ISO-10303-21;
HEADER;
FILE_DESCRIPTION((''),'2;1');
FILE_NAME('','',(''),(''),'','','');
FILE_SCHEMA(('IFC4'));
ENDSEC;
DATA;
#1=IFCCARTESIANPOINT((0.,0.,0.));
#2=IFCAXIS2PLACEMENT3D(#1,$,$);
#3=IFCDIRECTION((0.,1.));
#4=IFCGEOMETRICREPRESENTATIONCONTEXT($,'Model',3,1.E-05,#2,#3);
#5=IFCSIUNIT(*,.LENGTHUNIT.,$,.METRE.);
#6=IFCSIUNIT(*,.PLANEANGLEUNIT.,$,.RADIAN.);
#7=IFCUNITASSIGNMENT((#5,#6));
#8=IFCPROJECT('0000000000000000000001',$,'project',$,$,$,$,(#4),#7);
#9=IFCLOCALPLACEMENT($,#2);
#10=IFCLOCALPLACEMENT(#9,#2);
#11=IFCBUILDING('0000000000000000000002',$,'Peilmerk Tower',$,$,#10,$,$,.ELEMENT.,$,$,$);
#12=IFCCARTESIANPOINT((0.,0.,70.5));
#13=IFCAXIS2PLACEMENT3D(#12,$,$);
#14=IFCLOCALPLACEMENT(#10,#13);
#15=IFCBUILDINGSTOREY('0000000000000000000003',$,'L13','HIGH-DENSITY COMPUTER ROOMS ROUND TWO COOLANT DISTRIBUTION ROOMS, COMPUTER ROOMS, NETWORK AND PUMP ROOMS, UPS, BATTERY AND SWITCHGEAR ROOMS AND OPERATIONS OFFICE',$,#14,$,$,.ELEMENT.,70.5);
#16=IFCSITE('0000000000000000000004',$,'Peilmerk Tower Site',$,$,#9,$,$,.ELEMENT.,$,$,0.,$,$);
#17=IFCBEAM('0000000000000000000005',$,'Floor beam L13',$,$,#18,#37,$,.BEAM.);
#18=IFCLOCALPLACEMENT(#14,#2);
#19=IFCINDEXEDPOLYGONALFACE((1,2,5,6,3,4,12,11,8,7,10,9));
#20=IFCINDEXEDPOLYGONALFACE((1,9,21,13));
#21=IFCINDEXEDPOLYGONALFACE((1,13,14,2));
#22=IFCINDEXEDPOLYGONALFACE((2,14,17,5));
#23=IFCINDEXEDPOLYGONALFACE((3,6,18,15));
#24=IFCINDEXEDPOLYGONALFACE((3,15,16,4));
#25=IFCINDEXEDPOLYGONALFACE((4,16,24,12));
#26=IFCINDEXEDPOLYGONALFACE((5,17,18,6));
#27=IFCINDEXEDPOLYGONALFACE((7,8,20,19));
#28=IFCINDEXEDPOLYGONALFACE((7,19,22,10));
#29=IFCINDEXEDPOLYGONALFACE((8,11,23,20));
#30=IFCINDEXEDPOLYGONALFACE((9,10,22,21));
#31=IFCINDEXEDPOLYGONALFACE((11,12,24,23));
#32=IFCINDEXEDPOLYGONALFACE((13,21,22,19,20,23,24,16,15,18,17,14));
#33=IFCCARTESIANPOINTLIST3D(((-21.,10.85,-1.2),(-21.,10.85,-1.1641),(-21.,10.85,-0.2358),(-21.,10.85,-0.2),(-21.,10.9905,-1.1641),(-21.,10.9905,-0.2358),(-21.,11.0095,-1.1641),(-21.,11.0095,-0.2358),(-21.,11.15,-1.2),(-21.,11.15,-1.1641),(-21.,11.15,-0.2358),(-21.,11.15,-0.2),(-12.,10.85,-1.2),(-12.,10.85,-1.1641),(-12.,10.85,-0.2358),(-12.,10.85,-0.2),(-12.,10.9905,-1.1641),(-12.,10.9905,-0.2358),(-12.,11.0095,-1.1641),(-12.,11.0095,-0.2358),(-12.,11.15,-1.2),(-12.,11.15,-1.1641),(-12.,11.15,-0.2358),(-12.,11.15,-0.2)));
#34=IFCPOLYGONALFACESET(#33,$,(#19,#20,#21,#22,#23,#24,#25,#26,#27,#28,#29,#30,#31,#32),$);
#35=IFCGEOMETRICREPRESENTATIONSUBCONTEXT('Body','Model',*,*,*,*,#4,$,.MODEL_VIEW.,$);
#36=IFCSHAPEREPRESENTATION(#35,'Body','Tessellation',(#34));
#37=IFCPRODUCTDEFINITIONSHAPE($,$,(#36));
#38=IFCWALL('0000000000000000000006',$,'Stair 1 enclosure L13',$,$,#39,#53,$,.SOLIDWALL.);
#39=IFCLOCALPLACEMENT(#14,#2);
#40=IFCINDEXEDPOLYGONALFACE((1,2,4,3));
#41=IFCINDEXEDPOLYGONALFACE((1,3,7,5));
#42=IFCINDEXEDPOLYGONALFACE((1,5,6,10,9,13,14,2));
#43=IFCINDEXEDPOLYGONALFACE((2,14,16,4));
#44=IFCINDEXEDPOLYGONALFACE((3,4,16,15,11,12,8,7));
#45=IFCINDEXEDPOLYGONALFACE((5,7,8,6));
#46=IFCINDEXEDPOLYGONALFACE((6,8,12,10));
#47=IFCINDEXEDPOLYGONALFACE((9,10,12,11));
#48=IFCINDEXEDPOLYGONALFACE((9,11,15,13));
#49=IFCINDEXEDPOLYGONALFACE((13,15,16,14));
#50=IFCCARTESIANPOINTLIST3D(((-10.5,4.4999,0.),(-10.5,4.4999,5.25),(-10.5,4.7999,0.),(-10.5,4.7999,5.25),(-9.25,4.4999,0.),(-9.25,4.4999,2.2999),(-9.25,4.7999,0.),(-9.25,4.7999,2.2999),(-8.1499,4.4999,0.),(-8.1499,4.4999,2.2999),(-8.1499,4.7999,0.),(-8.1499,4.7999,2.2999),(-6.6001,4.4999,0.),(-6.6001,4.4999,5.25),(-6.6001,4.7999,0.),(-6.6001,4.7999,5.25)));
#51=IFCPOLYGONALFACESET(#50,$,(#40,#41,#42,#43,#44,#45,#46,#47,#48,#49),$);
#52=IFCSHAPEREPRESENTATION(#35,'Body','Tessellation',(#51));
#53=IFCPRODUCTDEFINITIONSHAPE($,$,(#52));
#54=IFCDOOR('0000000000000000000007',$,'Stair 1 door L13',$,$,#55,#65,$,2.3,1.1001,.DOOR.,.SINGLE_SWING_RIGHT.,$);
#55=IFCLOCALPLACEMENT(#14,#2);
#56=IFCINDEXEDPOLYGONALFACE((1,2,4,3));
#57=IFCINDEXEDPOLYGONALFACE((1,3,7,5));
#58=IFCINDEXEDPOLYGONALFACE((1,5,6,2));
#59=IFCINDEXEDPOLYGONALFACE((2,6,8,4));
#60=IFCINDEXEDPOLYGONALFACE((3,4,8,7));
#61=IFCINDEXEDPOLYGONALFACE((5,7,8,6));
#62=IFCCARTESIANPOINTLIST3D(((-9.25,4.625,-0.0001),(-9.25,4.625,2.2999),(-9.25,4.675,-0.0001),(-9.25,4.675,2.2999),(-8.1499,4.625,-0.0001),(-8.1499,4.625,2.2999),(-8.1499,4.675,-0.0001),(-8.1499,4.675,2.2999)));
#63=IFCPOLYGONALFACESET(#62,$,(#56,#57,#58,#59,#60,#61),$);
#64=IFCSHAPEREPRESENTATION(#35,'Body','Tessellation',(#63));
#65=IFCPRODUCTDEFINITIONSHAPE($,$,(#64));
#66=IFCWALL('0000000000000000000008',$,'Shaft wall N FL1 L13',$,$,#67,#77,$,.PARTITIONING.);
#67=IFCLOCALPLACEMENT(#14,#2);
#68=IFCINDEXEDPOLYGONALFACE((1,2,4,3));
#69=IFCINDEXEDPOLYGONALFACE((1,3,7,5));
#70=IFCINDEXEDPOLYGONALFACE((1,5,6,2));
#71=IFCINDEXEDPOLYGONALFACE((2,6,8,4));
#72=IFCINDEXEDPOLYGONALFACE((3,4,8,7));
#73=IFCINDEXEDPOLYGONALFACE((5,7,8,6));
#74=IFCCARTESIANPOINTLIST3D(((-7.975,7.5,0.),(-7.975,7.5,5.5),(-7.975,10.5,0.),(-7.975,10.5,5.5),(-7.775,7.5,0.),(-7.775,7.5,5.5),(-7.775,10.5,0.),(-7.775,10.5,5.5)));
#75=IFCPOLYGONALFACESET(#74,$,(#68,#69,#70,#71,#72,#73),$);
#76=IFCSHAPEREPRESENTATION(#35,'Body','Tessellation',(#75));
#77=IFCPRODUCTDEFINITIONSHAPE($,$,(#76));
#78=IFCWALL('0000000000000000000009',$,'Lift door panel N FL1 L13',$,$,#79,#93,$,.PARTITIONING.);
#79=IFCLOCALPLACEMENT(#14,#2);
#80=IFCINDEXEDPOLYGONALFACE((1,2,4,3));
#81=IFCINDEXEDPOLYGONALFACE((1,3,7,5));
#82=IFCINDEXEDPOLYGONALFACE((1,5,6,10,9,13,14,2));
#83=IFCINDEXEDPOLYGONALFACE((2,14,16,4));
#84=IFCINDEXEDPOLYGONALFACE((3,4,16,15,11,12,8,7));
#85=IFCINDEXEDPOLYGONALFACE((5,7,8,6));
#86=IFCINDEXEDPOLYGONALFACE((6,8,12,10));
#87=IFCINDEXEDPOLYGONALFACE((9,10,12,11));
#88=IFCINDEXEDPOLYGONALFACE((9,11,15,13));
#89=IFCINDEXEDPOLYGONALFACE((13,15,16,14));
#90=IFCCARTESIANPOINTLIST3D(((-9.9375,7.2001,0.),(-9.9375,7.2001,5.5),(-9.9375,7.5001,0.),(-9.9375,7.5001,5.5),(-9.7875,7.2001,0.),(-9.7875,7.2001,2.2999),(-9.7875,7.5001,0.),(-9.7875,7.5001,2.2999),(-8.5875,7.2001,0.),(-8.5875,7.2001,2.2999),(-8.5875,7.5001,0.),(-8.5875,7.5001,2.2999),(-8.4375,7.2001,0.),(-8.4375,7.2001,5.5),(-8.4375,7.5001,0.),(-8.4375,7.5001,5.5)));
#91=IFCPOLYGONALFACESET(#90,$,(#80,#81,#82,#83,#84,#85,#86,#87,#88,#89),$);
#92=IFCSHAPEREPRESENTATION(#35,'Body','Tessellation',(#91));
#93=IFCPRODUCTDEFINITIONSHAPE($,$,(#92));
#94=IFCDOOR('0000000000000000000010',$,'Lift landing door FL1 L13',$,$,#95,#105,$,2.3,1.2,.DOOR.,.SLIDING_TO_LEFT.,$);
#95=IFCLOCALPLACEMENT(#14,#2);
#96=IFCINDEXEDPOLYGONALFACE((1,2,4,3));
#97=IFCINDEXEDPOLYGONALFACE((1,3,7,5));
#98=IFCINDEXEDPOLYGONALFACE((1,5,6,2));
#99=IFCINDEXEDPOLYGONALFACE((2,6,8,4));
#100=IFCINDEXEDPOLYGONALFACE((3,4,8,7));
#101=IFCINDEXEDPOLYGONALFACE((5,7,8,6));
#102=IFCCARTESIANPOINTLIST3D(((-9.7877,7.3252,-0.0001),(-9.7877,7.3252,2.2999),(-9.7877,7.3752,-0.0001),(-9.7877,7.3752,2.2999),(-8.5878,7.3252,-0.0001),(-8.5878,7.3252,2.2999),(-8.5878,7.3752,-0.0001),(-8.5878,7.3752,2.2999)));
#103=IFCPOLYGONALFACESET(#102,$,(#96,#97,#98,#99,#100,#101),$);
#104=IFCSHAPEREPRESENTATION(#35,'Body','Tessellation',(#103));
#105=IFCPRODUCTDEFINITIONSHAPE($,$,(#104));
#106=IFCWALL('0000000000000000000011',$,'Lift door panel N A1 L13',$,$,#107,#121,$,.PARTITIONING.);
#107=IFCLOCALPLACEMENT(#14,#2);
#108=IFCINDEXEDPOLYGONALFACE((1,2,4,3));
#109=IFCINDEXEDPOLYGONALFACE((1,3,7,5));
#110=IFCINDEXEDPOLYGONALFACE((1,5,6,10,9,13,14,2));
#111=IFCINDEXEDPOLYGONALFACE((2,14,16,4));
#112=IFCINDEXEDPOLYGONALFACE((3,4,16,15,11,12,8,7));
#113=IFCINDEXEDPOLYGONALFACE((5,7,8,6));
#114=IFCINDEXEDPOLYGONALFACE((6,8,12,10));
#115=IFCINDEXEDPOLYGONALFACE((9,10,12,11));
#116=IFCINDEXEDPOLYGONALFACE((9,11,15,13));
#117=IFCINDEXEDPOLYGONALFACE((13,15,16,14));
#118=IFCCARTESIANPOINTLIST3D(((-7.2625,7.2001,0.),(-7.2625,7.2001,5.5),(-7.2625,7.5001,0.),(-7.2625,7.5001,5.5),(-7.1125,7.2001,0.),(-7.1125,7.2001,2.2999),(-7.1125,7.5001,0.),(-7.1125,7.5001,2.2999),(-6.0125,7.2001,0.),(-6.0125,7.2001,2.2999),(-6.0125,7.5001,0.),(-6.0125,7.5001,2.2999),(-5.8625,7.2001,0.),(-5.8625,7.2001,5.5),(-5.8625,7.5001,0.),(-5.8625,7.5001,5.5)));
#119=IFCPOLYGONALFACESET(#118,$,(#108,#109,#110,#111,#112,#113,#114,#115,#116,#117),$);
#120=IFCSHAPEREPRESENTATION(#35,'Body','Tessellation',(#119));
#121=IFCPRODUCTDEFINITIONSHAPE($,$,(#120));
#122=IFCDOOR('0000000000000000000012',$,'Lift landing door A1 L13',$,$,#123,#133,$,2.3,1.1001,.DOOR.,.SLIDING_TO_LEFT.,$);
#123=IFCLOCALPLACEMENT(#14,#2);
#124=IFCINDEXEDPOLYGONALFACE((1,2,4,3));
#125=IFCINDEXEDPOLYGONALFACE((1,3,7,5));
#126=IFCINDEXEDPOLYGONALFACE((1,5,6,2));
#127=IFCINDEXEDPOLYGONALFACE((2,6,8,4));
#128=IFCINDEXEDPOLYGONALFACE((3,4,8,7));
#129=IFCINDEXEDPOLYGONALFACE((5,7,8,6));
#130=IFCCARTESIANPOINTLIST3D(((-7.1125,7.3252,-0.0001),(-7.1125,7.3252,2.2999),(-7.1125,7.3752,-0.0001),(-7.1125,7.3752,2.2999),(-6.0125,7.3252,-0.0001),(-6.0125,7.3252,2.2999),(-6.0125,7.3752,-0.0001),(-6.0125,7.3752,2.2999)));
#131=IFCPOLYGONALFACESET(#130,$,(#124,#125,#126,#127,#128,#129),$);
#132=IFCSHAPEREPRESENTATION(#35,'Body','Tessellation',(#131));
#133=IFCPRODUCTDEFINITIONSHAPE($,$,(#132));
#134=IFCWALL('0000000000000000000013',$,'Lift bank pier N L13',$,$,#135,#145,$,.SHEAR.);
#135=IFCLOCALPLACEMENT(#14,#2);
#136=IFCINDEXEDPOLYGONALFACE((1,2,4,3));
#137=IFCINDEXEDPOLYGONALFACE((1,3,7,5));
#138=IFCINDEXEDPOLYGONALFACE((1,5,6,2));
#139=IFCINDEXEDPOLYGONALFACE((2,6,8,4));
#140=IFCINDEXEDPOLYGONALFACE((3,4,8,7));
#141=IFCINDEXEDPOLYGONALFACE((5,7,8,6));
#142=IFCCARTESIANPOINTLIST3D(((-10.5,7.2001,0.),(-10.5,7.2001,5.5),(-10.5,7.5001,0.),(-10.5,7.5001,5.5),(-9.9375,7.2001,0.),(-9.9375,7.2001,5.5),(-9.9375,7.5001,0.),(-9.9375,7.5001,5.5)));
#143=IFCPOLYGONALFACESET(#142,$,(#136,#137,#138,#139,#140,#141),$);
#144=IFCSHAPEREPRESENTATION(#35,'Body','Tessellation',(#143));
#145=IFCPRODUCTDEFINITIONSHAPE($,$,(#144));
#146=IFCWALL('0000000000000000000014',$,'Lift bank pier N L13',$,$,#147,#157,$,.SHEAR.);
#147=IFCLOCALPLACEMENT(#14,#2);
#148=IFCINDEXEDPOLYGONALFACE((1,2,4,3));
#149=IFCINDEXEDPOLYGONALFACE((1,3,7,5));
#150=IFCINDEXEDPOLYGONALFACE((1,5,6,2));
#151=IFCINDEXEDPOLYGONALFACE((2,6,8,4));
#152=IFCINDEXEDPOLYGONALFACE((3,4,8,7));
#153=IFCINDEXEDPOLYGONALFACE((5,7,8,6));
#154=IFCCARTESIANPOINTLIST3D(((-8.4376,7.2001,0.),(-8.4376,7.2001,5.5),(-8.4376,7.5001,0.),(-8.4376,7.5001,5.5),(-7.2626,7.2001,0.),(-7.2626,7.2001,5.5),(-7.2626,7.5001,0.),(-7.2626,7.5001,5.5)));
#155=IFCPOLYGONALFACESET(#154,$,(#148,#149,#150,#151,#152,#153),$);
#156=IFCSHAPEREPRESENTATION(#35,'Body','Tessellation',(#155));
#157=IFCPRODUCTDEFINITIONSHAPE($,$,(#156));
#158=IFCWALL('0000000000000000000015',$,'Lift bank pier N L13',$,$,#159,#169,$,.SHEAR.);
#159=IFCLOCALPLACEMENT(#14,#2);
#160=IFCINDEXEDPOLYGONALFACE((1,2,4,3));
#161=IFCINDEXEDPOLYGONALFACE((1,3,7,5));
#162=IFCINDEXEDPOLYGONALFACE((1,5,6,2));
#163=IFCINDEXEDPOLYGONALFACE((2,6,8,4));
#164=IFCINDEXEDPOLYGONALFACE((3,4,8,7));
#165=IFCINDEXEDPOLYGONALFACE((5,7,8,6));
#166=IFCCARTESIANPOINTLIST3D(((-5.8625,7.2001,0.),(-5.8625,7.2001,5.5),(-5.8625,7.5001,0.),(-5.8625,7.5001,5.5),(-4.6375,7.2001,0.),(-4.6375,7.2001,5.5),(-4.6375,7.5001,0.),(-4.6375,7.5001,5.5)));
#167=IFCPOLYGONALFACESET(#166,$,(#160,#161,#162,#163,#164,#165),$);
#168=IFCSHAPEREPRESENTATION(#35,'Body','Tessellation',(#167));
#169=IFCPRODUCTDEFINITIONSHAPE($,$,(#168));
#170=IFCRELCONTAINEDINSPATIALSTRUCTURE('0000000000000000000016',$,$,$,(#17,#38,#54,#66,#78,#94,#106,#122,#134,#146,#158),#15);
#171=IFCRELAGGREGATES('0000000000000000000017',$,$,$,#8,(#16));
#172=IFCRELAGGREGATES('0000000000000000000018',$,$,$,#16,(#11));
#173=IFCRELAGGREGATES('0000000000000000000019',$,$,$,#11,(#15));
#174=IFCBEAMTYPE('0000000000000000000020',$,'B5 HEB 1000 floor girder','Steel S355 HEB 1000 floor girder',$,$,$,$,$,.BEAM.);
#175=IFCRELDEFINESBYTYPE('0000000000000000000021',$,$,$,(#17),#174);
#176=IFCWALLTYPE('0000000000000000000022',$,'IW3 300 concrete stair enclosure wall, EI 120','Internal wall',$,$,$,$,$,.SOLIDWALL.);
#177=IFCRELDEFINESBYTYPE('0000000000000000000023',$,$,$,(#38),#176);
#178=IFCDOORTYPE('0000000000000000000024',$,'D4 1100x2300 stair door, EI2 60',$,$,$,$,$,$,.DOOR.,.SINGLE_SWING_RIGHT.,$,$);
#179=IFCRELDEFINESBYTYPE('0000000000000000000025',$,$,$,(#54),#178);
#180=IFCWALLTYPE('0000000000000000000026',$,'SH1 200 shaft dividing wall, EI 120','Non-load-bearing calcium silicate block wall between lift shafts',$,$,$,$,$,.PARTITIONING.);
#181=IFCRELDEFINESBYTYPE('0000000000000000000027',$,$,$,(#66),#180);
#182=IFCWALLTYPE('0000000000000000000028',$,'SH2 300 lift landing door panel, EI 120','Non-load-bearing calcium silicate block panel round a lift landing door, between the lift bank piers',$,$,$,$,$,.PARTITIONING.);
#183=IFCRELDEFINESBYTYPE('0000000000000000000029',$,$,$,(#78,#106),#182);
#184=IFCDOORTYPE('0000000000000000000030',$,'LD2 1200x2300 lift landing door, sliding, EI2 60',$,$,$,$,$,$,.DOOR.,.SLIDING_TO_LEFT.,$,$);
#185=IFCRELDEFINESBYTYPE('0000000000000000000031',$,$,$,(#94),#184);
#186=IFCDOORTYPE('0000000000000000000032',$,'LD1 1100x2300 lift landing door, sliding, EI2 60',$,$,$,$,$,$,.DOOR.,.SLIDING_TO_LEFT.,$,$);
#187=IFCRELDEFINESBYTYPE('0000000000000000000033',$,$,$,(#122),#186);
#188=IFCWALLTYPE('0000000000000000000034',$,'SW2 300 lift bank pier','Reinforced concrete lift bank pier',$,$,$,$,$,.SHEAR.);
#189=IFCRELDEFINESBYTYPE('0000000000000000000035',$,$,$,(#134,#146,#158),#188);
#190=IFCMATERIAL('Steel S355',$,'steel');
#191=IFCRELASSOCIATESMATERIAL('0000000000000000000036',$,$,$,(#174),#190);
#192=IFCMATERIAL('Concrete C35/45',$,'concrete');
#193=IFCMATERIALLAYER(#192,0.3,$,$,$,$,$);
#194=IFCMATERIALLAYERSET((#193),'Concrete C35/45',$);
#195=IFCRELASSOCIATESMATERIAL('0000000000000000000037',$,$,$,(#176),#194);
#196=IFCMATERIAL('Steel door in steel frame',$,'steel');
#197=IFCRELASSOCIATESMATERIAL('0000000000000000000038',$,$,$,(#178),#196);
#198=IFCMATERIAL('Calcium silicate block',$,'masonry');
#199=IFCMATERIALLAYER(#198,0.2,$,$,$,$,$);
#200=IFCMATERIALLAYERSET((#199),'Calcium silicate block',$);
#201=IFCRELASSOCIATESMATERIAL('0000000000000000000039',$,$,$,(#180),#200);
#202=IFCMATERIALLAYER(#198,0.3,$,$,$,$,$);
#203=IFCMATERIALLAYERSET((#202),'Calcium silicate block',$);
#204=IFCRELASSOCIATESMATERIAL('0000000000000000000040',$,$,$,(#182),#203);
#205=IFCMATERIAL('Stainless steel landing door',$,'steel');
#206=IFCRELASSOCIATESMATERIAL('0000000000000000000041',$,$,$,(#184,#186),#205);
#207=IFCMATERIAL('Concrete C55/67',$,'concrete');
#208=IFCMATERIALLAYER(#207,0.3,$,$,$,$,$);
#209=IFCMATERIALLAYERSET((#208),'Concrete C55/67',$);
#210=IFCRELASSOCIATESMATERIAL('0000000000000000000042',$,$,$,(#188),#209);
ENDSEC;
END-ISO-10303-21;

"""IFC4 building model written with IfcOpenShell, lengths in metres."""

from ifc_helpers import new_model, si_unit, direction, frame, frame_2d, origin, origin_2d, place, context, subcontext, project, spatial, rectangle, i_section, extrude, material, layer, layer_set, material_profile, profile_set, type_object, element, fill, save


model = new_model("IFC4")

# Units and contexts
model_context = context("Model", 3, precision=1e-05, world=origin(), true_north=direction((0.0, 1.0)))
body_context = subcontext(model_context, "Body", "Model", "MODEL_VIEW")
ifc_project = project(units=[si_unit("LENGTHUNIT", "METRE"), si_unit("PLANEANGLEUNIT", "RADIAN")], contexts=[model_context])

# Site, building, storey
site_placement = place(None, origin())
site = spatial("IfcSite", under=ifc_project, at=site_placement, Name="Peilmerk Tower Site", CompositionType="ELEMENT", RefElevation=0.0)
building_placement = place(site_placement, origin())
building = spatial("IfcBuilding", under=site, at=building_placement, Name="Peilmerk Tower", CompositionType="ELEMENT")
storey_placement = place(building_placement, frame((0.0, 0.0, 70.5)))
storey = spatial("IfcBuildingStorey", under=building, at=storey_placement, Name="L13", Description="HIGH-DENSITY COMPUTER ROOMS ROUND TWO COOLANT DISTRIBUTION ROOMS, COMPUTER ROOMS, NETWORK AND PUMP ROOMS, UPS, BATTERY AND SWITCHGEAR ROOMS AND OPERATIONS OFFICE", CompositionType="ELEMENT", Elevation=70.5)

# Beam
ifc_material_1 = material(Name="Steel S355", Category="steel")
ifc_material_profile = material_profile(ifc_material_1, i_section(OverallWidth=0.3, OverallDepth=1.0, WebThickness=0.019, FlangeThickness=0.0359, at=origin_2d()), Name="HEB 1000")
ifc_profile_set = profile_set([ifc_material_profile], Name="Steel S355")
beam_type = type_object("IfcBeamType", Name="B5 HEB 1000 floor girder", Description="Steel S355 HEB 1000 floor girder", PredefinedType="BEAM", material=ifc_profile_set)
beam_placement = place(storey_placement, frame((-12.0, 11.0, -0.7), z_axis=(-1.0, 0.0, 0.0), x_axis=(0.0, -1.0, 0.0)))
element("IfcBeam", 1, at=beam_placement, inside=storey, type_object=beam_type, Name="Floor beam L13", PredefinedType="BEAM", context=body_context, shape_type="SweptSolid", body=[
    extrude(i_section(OverallWidth=0.3, OverallDepth=1.0, WebThickness=0.019, FlangeThickness=0.0359, at=origin_2d()), origin(), (0.0, 0.0, 1.0), 9.0),
])

# Wall, opening, door
ifc_material_2 = material(Name="Concrete C35/45", Category="concrete")
ifc_layer_1 = layer(ifc_material_2, 0.3)
ifc_layer_set_1 = layer_set([ifc_layer_1], Name="Concrete C35/45")
wall_type_1 = type_object("IfcWallType", Name="IW3 300 concrete stair enclosure wall, EI 120", Description="Internal wall", PredefinedType="SOLIDWALL", material=ifc_layer_set_1)
wall_1_placement = place(storey_placement, frame((-10.5, 4.6499, 0.0), z_axis=(0.0, 0.0, 1.0), x_axis=(1.0, 0.0, 0.0)))
wall_1 = element("IfcWall", 2, at=wall_1_placement, inside=storey, type_object=wall_type_1, Name="Stair 1 enclosure L13", PredefinedType="SOLIDWALL", context=body_context, shape_type="SweptSolid", body=[
    extrude(rectangle(XDim=3.8999, YDim=0.3, at=frame_2d((1.95, 0.0))), origin(), (0.0, 0.0, 1.0), 5.25),
])
opening_1_placement = place(wall_1_placement, frame((1.25, 0.0, 0.0)))
opening_1 = element("IfcOpeningElement", 3, at=opening_1_placement, cuts=wall_1, PredefinedType="OPENING", context=body_context, shape_type="SweptSolid", body=[
    extrude(rectangle(XDim=1.1001, YDim=2.3, at=frame_2d((0.55, 1.1499))), frame((0.0, 0.1599, 0.0), z_axis=(0.0, -1.0, 0.0), x_axis=(1.0, 0.0, 0.0)), (0.0, 0.0, 1.0), 0.3201),
])
ifc_material_3 = material(Name="Steel door in steel frame", Category="steel")
door_type_1 = type_object("IfcDoorType", Name="D4 1100x2300 stair door, EI2 60", OperationType="SINGLE_SWING_RIGHT", PredefinedType="DOOR", material=ifc_material_3)
door_1_placement = place(opening_1_placement, frame((1.1001, 0.0, 0.0), z_axis=(0.0, 0.0, 1.0), x_axis=(-1.0, 0.0, 0.0)))
door_1 = element("IfcDoor", 4, at=door_1_placement, inside=storey, type_object=door_type_1, Name="Stair 1 door L13", OperationType="SINGLE_SWING_RIGHT", OverallHeight=2.3, OverallWidth=1.1001, PredefinedType="DOOR", context=body_context, shape_type="SweptSolid", body=[
    extrude(rectangle(XDim=1.1001, YDim=2.3, at=frame_2d((0.55, 1.1499))), frame((0.0, 0.0249, 0.0), z_axis=(0.0, -1.0, 0.0), x_axis=(1.0, 0.0, 0.0)), (0.0, 0.0, 1.0), 0.05),
])
fill(opening_1, door_1)

# Wall
ifc_material_4 = material(Name="Calcium silicate block", Category="masonry")
ifc_layer_2 = layer(ifc_material_4, 0.2)
ifc_layer_set_2 = layer_set([ifc_layer_2], Name="Calcium silicate block")
wall_type_2 = type_object("IfcWallType", Name="SH1 200 shaft dividing wall, EI 120", Description="Non-load-bearing calcium silicate block wall between lift shafts", PredefinedType="PARTITIONING", material=ifc_layer_set_2)
wall_2_placement = place(storey_placement, frame((-7.875, 7.5, 0.0), z_axis=(0.0, 0.0, 1.0), x_axis=(0.0, 1.0, 0.0)))
element("IfcWall", 5, at=wall_2_placement, inside=storey, type_object=wall_type_2, Name="Shaft wall N FL1 L13", PredefinedType="PARTITIONING", context=body_context, shape_type="SweptSolid", body=[
    extrude(rectangle(XDim=3.0, YDim=0.2, at=frame_2d((1.5, 0.0))), origin(), (0.0, 0.0, 1.0), 5.5),
])

# Walls, openings, doors
ifc_layer_3 = layer(ifc_material_4, 0.3)
ifc_layer_set_3 = layer_set([ifc_layer_3], Name="Calcium silicate block")
wall_type_3 = type_object("IfcWallType", Name="SH2 300 lift landing door panel, EI 120", Description="Non-load-bearing calcium silicate block panel round a lift landing door, between the lift bank piers", PredefinedType="PARTITIONING", material=ifc_layer_set_3)
wall_3_placement = place(storey_placement, frame((-9.9375, 7.3501, 0.0), z_axis=(0.0, 0.0, 1.0), x_axis=(1.0, 0.0, 0.0)))
wall_3 = element("IfcWall", 6, at=wall_3_placement, inside=storey, type_object=wall_type_3, Name="Lift door panel N FL1 L13", PredefinedType="PARTITIONING", context=body_context, shape_type="SweptSolid", body=[
    extrude(rectangle(XDim=1.5, YDim=0.3, at=frame_2d((0.75, 0.0))), origin(), (0.0, 0.0, 1.0), 5.5),
])
opening_2_placement = place(wall_3_placement, frame((0.1499, 0.0, 0.0)))
opening_2 = element("IfcOpeningElement", 7, at=opening_2_placement, cuts=wall_3, PredefinedType="OPENING", context=body_context, shape_type="SweptSolid", body=[
    extrude(rectangle(XDim=1.2, YDim=2.3, at=frame_2d((0.6001, 1.1499))), frame((0.0, 0.1599, 0.0), z_axis=(0.0, -1.0, 0.0), x_axis=(1.0, 0.0, 0.0)), (0.0, 0.0, 1.0), 0.3201),
])
ifc_material_5 = material(Name="Stainless steel landing door", Category="steel")
door_type_2 = type_object("IfcDoorType", Name="LD2 1200x2300 lift landing door, sliding, EI2 60", OperationType="SLIDING_TO_LEFT", PredefinedType="DOOR", material=ifc_material_5)
door_2_placement = place(opening_2_placement, frame((1.2, 0.0, 0.0), z_axis=(0.0, 0.0, 1.0), x_axis=(-1.0, 0.0, 0.0)))
door_2 = element("IfcDoor", 8, at=door_2_placement, inside=storey, type_object=door_type_2, Name="Lift landing door FL1 L13", OperationType="SLIDING_TO_LEFT", OverallHeight=2.3, OverallWidth=1.2, PredefinedType="DOOR", context=body_context, shape_type="SweptSolid", body=[
    extrude(rectangle(XDim=1.2, YDim=2.3, at=frame_2d((0.6001, 1.1499))), frame((0.0, 0.0249, 0.0), z_axis=(0.0, -1.0, 0.0), x_axis=(1.0, 0.0, 0.0)), (0.0, 0.0, 1.0), 0.05),
])
fill(opening_2, door_2)
wall_4_placement = place(storey_placement, frame((-7.2625, 7.3501, 0.0), z_axis=(0.0, 0.0, 1.0), x_axis=(1.0, 0.0, 0.0)))
wall_4 = element("IfcWall", 9, at=wall_4_placement, inside=storey, type_object=wall_type_3, Name="Lift door panel N A1 L13", PredefinedType="PARTITIONING", context=body_context, shape_type="SweptSolid", body=[
    extrude(rectangle(XDim=1.3999, YDim=0.3, at=frame_2d((0.7, 0.0))), origin(), (0.0, 0.0, 1.0), 5.5),
])
opening_3_placement = place(wall_4_placement, frame((0.1499, 0.0, 0.0)))
opening_3 = element("IfcOpeningElement", 10, at=opening_3_placement, cuts=wall_4, PredefinedType="OPENING", context=body_context, shape_type="SweptSolid", body=[
    extrude(rectangle(XDim=1.1001, YDim=2.3, at=frame_2d((0.55, 1.1499))), frame((0.0, 0.1599, 0.0), z_axis=(0.0, -1.0, 0.0), x_axis=(1.0, 0.0, 0.0)), (0.0, 0.0, 1.0), 0.3201),
])
door_type_3 = type_object("IfcDoorType", Name="LD1 1100x2300 lift landing door, sliding, EI2 60", OperationType="SLIDING_TO_LEFT", PredefinedType="DOOR", material=ifc_material_5)
door_3_placement = place(opening_3_placement, frame((1.1001, 0.0, 0.0), z_axis=(0.0, 0.0, 1.0), x_axis=(-1.0, 0.0, 0.0)))
door_3 = element("IfcDoor", 11, at=door_3_placement, inside=storey, type_object=door_type_3, Name="Lift landing door A1 L13", OperationType="SLIDING_TO_LEFT", OverallHeight=2.3, OverallWidth=1.1001, PredefinedType="DOOR", context=body_context, shape_type="SweptSolid", body=[
    extrude(rectangle(XDim=1.1001, YDim=2.3, at=frame_2d((0.55, 1.1499))), frame((0.0, 0.0249, 0.0), z_axis=(0.0, -1.0, 0.0), x_axis=(1.0, 0.0, 0.0)), (0.0, 0.0, 1.0), 0.05),
])
fill(opening_3, door_3)

# Walls
ifc_material_6 = material(Name="Concrete C55/67", Category="concrete")
ifc_layer_4 = layer(ifc_material_6, 0.3)
ifc_layer_set_4 = layer_set([ifc_layer_4], Name="Concrete C55/67")
wall_type_4 = type_object("IfcWallType", Name="SW2 300 lift bank pier", Description="Reinforced concrete lift bank pier", PredefinedType="SHEAR", material=ifc_layer_set_4)
wall_5_placement = place(storey_placement, frame((-10.5, 7.3501, 0.0), z_axis=(0.0, 0.0, 1.0), x_axis=(1.0, 0.0, 0.0)))
element("IfcWall", 12, at=wall_5_placement, inside=storey, type_object=wall_type_4, Name="Lift bank pier N L13", PredefinedType="SHEAR", context=body_context, shape_type="SweptSolid", body=[
    extrude(rectangle(XDim=0.5625, YDim=0.3, at=frame_2d((0.2812, 0.0))), origin(), (0.0, 0.0, 1.0), 5.5),
])
wall_6_placement = place(storey_placement, frame((-8.4375, 7.3501, 0.0), z_axis=(0.0, 0.0, 1.0), x_axis=(1.0, 0.0, 0.0)))
element("IfcWall", 13, at=wall_6_placement, inside=storey, type_object=wall_type_4, Name="Lift bank pier N L13", PredefinedType="SHEAR", context=body_context, shape_type="SweptSolid", body=[
    extrude(rectangle(XDim=1.175, YDim=0.3, at=frame_2d((0.5874, 0.0))), origin(), (0.0, 0.0, 1.0), 5.5),
])
wall_7_placement = place(storey_placement, frame((-5.8625, 7.3501, 0.0), z_axis=(0.0, 0.0, 1.0), x_axis=(1.0, 0.0, 0.0)))
element("IfcWall", 14, at=wall_7_placement, inside=storey, type_object=wall_type_4, Name="Lift bank pier N L13", PredefinedType="SHEAR", context=body_context, shape_type="SweptSolid", body=[
    extrude(rectangle(XDim=1.2251, YDim=0.3, at=frame_2d((0.6125, 0.0))), origin(), (0.0, 0.0, 1.0), 5.5),
])

save(model, "model.ifc")
